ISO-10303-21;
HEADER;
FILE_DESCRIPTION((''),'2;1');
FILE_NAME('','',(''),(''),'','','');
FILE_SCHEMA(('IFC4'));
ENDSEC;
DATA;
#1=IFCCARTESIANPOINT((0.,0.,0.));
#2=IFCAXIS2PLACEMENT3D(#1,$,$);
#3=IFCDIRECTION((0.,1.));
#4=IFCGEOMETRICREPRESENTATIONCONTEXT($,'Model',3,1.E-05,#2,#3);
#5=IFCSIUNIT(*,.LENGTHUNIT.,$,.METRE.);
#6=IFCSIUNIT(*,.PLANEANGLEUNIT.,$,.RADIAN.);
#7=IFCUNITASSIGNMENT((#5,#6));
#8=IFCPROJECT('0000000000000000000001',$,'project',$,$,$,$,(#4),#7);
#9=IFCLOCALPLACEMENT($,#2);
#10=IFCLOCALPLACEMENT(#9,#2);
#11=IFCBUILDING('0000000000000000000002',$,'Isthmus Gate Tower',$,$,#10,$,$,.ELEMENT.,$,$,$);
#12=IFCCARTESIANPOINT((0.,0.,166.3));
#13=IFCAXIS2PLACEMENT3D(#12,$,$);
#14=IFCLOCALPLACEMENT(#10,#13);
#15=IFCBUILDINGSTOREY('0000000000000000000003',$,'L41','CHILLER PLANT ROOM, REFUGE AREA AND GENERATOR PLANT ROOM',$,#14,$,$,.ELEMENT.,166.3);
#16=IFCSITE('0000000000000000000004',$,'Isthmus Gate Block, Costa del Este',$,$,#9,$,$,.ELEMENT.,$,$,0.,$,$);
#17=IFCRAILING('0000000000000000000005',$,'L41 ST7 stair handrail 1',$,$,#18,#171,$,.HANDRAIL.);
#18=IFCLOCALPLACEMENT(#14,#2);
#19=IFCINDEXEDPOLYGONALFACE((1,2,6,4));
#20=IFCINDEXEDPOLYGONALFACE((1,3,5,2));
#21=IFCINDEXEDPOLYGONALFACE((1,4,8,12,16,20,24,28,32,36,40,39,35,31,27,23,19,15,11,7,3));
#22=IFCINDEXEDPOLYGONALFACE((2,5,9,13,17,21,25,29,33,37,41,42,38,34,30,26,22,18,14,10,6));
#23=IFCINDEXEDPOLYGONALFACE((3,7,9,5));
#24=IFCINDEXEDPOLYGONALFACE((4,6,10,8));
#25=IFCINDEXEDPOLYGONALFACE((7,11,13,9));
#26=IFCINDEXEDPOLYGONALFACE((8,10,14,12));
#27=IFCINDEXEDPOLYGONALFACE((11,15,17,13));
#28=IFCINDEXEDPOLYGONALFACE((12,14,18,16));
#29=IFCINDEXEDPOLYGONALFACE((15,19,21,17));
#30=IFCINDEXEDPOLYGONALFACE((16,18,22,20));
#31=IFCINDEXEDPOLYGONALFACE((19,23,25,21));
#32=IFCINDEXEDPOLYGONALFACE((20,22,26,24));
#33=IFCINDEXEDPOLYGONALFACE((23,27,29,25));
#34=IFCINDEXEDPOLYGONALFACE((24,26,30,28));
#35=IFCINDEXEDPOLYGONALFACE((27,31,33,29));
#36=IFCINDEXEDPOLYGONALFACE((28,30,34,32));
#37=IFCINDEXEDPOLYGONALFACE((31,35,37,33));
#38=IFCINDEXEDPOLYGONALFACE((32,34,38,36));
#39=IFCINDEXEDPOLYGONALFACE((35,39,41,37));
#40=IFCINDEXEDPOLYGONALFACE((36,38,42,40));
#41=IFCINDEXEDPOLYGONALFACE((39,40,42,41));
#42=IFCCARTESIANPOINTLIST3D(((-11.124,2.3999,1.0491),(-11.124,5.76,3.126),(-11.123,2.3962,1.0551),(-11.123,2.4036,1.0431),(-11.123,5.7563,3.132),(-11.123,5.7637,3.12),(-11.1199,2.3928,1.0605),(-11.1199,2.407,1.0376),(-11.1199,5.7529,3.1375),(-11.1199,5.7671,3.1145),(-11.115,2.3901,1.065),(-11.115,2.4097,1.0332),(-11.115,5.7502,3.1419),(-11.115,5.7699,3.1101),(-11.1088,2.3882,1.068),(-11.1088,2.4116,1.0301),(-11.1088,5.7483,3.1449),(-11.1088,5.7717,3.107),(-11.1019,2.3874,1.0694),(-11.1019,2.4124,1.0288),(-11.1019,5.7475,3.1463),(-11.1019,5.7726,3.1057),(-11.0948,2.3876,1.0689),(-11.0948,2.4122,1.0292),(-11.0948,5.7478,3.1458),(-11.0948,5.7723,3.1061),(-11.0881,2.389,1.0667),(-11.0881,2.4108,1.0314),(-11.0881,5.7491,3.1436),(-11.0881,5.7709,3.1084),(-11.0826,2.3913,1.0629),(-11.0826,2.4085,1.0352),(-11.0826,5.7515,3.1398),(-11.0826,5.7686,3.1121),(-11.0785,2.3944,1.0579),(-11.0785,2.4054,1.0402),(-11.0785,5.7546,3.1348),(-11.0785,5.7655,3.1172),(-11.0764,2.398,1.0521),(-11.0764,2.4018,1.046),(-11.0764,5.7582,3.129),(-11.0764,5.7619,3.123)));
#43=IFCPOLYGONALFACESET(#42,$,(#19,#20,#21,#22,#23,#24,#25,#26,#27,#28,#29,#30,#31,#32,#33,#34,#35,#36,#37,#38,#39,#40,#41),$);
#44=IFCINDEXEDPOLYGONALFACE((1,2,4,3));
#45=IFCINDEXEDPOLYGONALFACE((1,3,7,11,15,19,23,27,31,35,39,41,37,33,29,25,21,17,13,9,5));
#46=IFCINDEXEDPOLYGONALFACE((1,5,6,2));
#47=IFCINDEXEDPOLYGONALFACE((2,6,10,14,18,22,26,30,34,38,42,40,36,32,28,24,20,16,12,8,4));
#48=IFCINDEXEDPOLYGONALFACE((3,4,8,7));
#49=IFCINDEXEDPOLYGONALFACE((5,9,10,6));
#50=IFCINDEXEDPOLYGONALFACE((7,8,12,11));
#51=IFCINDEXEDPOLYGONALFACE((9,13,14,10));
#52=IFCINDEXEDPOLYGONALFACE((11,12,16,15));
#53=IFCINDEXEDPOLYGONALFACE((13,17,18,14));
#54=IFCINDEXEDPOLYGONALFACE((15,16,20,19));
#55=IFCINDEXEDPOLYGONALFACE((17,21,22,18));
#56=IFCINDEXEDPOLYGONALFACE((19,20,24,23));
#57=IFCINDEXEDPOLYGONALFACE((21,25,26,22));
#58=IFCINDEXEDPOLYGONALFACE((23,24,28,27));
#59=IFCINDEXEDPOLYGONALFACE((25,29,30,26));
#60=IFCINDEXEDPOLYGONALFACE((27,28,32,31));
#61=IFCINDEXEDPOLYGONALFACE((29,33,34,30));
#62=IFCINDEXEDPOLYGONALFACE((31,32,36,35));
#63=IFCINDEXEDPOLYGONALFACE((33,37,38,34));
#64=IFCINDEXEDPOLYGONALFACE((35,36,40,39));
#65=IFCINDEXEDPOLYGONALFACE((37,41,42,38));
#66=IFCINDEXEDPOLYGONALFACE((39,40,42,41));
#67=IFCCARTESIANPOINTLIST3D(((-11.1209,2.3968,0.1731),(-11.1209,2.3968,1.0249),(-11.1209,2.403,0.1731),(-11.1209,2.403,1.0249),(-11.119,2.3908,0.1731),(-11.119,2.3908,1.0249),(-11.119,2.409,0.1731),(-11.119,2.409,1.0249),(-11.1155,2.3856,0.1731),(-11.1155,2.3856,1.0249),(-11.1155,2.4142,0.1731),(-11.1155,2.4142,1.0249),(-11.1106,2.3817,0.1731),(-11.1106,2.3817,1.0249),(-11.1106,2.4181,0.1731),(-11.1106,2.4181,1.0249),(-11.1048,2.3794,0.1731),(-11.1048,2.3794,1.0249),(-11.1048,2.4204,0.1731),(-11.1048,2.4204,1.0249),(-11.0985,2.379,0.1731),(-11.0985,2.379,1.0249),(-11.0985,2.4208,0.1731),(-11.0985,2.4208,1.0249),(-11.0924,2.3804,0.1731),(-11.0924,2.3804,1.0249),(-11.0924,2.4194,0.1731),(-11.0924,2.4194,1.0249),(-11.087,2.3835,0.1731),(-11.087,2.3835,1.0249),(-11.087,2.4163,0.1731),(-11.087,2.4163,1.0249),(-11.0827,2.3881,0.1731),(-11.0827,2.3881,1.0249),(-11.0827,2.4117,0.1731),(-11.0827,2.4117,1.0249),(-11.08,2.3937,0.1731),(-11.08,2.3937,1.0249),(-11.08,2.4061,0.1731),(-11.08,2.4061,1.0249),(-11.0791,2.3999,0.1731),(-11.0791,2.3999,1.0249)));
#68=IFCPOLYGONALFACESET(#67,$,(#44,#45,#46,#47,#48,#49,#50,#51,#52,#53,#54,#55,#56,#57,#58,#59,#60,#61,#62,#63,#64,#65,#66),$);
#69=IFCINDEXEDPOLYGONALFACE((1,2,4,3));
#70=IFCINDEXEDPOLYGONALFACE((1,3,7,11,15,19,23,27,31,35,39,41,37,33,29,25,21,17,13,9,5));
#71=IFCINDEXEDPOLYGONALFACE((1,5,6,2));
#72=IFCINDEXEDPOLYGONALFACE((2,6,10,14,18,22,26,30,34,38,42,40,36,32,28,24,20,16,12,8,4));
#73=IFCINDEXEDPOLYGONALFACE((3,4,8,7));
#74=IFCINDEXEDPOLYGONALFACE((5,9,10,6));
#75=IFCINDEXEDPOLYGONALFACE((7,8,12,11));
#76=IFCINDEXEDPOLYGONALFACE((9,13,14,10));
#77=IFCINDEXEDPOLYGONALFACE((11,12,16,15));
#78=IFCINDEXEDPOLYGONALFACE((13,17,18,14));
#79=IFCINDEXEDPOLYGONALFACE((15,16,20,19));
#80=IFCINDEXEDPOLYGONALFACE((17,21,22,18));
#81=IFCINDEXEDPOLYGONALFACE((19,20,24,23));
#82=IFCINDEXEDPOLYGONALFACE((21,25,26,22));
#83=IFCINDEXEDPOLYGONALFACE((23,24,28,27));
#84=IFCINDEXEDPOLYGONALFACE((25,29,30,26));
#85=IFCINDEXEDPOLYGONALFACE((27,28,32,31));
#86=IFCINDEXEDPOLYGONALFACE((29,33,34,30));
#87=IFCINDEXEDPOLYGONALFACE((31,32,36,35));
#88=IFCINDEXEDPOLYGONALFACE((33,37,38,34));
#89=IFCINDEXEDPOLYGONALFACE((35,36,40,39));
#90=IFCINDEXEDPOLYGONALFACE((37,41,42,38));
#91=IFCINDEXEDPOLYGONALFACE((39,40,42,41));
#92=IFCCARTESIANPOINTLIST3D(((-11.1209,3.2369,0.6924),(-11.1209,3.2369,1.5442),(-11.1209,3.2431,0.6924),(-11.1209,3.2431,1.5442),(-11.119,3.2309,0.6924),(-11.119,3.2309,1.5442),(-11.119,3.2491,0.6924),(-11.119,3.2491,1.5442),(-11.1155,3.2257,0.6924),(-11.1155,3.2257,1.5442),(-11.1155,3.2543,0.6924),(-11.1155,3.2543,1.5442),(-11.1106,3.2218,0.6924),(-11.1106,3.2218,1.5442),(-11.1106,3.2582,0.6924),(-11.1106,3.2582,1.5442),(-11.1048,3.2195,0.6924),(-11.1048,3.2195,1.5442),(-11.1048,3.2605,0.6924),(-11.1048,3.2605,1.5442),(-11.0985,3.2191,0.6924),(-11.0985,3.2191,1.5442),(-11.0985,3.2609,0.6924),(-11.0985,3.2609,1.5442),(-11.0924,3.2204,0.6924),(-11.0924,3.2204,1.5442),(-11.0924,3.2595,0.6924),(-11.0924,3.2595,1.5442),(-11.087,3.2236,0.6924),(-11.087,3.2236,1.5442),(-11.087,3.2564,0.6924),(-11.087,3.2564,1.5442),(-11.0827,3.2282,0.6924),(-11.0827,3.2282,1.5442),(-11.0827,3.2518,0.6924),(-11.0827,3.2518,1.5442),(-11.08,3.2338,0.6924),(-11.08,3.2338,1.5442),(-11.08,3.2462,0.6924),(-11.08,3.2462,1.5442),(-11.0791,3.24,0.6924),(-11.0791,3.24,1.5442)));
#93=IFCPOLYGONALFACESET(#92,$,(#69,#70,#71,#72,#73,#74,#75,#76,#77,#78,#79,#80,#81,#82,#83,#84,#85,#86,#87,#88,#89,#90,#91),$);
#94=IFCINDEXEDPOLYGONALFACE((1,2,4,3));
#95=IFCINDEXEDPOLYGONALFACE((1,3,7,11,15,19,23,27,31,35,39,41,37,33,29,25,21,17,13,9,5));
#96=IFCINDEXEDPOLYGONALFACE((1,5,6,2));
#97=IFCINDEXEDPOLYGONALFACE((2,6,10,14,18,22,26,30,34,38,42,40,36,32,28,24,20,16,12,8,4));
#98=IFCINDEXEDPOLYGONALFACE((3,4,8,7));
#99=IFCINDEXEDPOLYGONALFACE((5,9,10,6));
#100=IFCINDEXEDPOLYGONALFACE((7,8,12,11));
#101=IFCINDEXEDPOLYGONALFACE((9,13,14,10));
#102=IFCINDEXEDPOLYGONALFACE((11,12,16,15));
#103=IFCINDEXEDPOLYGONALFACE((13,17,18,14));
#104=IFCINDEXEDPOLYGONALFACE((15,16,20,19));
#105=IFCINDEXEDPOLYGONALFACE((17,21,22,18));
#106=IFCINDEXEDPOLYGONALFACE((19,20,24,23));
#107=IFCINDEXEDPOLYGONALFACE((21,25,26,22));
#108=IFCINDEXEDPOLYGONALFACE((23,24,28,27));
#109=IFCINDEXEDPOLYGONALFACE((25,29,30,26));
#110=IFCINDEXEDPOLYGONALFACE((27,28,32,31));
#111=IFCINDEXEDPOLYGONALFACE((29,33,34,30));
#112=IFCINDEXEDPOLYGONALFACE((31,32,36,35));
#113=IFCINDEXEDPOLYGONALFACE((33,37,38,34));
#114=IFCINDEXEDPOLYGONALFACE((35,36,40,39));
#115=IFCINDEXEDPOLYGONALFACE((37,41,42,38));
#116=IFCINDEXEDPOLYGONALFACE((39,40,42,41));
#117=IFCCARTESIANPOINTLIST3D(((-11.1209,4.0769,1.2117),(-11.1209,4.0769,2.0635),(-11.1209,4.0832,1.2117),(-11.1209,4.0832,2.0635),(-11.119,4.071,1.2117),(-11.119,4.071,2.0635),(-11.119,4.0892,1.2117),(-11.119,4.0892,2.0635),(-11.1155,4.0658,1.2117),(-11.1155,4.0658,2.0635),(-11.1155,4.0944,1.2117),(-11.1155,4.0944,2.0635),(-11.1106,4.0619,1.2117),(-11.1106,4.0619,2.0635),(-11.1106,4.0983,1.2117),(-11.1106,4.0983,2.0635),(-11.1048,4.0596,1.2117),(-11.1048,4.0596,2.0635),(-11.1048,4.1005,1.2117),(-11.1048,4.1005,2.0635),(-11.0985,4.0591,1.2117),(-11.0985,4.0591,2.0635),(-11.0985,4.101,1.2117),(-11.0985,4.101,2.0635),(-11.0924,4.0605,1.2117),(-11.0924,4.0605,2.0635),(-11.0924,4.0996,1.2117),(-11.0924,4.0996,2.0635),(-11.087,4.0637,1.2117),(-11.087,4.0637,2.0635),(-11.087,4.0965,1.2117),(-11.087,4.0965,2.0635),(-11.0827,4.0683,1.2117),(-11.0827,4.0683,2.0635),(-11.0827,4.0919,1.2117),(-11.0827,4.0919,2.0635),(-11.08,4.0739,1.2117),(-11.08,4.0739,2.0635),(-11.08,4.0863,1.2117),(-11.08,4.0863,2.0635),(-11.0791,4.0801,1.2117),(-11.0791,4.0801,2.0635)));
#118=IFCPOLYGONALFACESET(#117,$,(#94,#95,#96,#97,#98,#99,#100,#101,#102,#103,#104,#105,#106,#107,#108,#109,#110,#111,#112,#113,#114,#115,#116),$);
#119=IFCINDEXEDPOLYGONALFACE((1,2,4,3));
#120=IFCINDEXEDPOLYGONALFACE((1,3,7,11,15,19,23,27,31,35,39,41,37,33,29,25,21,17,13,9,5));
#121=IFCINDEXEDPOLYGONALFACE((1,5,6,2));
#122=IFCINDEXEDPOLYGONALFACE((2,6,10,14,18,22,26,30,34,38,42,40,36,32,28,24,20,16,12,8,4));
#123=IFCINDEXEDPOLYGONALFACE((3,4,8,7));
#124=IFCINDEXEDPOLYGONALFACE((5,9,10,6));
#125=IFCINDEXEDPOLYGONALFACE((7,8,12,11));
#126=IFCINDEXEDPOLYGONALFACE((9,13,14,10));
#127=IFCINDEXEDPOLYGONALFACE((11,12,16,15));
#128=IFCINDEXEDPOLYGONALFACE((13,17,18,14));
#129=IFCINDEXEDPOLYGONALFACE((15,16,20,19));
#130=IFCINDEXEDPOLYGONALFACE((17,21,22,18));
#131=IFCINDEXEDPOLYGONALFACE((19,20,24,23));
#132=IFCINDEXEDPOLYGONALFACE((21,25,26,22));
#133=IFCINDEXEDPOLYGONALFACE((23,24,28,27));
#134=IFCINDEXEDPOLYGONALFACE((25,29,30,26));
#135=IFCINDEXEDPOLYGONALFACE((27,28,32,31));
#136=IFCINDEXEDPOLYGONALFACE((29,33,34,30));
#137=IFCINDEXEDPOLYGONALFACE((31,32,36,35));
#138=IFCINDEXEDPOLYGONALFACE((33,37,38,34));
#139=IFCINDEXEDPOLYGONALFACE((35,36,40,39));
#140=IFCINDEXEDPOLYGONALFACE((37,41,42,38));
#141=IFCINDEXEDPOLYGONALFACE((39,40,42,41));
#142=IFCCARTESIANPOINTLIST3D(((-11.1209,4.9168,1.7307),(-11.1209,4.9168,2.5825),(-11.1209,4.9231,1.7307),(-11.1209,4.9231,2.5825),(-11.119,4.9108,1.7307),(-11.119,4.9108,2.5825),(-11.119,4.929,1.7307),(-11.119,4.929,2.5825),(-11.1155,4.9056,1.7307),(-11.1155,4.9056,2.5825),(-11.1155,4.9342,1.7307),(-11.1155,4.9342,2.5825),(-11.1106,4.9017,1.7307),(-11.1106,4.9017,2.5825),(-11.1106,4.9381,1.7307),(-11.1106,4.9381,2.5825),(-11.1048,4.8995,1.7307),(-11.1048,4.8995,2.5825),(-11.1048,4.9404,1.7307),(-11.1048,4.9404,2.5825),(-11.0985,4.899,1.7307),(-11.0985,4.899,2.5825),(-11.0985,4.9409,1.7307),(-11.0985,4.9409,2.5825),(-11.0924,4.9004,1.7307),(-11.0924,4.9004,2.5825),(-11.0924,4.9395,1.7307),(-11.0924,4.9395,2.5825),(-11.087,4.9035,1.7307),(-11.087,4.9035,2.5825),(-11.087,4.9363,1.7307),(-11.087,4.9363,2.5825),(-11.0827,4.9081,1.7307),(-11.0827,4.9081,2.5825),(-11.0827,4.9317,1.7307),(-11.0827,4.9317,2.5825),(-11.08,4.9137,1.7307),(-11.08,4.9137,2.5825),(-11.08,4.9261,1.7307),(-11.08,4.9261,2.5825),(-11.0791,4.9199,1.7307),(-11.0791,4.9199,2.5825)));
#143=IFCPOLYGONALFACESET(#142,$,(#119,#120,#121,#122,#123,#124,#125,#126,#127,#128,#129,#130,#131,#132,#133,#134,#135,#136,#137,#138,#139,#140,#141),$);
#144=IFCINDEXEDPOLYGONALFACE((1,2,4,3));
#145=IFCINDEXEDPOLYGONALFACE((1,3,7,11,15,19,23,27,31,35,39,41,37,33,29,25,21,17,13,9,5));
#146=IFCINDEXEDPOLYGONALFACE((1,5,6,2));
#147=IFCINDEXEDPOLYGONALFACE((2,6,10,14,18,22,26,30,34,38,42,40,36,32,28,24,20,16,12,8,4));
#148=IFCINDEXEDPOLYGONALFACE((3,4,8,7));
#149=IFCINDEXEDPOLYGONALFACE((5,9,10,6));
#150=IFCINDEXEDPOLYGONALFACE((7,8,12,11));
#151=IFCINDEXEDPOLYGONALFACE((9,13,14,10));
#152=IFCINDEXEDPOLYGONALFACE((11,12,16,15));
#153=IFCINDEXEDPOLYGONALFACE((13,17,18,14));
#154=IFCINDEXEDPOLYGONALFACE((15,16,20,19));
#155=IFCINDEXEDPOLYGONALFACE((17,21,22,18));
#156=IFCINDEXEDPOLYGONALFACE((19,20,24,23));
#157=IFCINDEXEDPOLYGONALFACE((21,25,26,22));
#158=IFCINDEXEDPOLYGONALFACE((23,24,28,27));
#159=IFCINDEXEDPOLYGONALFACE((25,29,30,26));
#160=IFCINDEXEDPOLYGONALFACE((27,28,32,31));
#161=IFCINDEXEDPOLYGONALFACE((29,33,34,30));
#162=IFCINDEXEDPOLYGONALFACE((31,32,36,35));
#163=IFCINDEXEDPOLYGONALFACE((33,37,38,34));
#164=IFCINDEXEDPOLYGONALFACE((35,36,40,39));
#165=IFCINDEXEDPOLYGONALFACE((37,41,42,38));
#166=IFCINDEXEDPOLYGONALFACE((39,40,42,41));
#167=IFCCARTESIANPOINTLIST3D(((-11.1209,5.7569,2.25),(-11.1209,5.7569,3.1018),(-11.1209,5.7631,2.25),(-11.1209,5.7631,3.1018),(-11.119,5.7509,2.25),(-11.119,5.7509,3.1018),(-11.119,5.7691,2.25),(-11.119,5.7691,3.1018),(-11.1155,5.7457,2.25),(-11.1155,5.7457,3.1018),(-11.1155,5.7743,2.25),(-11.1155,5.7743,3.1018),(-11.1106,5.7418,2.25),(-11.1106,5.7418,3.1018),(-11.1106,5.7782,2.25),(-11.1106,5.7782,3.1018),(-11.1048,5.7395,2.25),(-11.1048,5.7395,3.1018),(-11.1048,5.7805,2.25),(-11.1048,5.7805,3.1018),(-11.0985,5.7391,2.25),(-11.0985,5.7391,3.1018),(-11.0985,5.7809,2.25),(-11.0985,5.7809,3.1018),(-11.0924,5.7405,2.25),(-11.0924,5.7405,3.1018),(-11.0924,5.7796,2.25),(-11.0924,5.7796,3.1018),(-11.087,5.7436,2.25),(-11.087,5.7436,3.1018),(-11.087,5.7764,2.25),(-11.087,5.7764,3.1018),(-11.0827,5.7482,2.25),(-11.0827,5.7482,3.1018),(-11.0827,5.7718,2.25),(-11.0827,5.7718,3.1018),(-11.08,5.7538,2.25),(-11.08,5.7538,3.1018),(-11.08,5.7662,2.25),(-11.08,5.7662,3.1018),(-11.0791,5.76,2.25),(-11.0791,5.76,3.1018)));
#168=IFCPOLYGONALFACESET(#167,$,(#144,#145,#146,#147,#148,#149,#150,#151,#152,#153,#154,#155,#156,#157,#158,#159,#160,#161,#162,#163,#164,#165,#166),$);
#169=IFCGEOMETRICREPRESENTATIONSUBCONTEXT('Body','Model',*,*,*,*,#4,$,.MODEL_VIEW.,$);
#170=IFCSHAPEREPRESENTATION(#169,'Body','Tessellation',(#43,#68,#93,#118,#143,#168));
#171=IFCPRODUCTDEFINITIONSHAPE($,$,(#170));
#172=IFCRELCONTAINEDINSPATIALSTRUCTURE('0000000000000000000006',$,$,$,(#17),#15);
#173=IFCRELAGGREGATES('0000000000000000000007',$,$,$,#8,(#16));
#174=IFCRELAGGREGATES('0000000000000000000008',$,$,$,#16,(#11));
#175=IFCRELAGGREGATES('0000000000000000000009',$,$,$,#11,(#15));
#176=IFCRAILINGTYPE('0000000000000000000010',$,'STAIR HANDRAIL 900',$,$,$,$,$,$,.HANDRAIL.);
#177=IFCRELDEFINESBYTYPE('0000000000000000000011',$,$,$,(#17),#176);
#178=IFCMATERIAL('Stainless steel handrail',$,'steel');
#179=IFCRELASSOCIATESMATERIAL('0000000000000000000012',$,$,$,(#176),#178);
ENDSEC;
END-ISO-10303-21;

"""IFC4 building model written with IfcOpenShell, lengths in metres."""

from ifc_helpers import new_model, si_unit, direction, frame, origin, origin_2d, place, context, subcontext, project, spatial, circle, extrude, material, type_object, element, save


model = new_model("IFC4")

# Units and contexts
model_context = context("Model", 3, precision=1e-05, world=origin(), true_north=direction((0.0, 1.0)))
body_context = subcontext(model_context, "Body", "Model", "MODEL_VIEW")
ifc_project = project(units=[si_unit("LENGTHUNIT", "METRE"), si_unit("PLANEANGLEUNIT", "RADIAN")], contexts=[model_context])

# Site, building, storey
site_placement = place(None, origin())
site = spatial("IfcSite", under=ifc_project, at=site_placement, Name="Isthmus Gate Block, Costa del Este", CompositionType="ELEMENT", RefElevation=0.0)
building_placement = place(site_placement, origin())
building = spatial("IfcBuilding", under=site, at=building_placement, Name="Isthmus Gate Tower", CompositionType="ELEMENT")
storey_placement = place(building_placement, frame((0.0, 0.0, 166.3)))
storey = spatial("IfcBuildingStorey", under=building, at=storey_placement, Name="L41", Description="CHILLER PLANT ROOM, REFUGE AREA AND GENERATOR PLANT ROOM", CompositionType="ELEMENT", Elevation=166.3)

# Railing
ifc_material_1 = material(Name="Stainless steel handrail", Category="steel")
railing_type_1 = type_object("IfcRailingType", Name="STAIR HANDRAIL 900", PredefinedType="HANDRAIL", material=ifc_material_1)
for number, where, name in (
    (1, (-11.1001, 2.3999, 0.1731), "L41 ST7 stair handrail 1"),
):
    element("IfcRailing", number, at=place(storey_placement, frame(where)), inside=storey, type_object=railing_type_1, Name=name, PredefinedType="HANDRAIL", context=body_context, shape_type="SweptSolid", body=[
        extrude(circle(Radius=0.0239, at=origin_2d()), frame((0.0, 0.0, 0.876), z_axis=(0.0, 0.850623, 0.525776), x_axis=(-1.0, 0.0, 0.0)), (0.0, 0.0, 1.0), 3.9502),
        extrude(circle(Radius=0.021, at=origin_2d()), origin(), (0.0, 0.0, 1.0), 0.8518),
        extrude(circle(Radius=0.021, at=origin_2d()), frame((0.0, 0.8401, 0.5193)), (0.0, 0.0, 1.0), 0.8518),
        extrude(circle(Radius=0.021, at=origin_2d()), frame((0.0, 1.6802, 1.0386)), (0.0, 0.0, 1.0), 0.8518),
        extrude(circle(Radius=0.021, at=origin_2d()), frame((0.0, 2.52, 1.5576)), (0.0, 0.0, 1.0), 0.8518),
        extrude(circle(Radius=0.021, at=origin_2d()), frame((0.0, 3.3601, 2.0769)), (0.0, 0.0, 1.0), 0.8518),
    ])

save(model, "model.ifc")
